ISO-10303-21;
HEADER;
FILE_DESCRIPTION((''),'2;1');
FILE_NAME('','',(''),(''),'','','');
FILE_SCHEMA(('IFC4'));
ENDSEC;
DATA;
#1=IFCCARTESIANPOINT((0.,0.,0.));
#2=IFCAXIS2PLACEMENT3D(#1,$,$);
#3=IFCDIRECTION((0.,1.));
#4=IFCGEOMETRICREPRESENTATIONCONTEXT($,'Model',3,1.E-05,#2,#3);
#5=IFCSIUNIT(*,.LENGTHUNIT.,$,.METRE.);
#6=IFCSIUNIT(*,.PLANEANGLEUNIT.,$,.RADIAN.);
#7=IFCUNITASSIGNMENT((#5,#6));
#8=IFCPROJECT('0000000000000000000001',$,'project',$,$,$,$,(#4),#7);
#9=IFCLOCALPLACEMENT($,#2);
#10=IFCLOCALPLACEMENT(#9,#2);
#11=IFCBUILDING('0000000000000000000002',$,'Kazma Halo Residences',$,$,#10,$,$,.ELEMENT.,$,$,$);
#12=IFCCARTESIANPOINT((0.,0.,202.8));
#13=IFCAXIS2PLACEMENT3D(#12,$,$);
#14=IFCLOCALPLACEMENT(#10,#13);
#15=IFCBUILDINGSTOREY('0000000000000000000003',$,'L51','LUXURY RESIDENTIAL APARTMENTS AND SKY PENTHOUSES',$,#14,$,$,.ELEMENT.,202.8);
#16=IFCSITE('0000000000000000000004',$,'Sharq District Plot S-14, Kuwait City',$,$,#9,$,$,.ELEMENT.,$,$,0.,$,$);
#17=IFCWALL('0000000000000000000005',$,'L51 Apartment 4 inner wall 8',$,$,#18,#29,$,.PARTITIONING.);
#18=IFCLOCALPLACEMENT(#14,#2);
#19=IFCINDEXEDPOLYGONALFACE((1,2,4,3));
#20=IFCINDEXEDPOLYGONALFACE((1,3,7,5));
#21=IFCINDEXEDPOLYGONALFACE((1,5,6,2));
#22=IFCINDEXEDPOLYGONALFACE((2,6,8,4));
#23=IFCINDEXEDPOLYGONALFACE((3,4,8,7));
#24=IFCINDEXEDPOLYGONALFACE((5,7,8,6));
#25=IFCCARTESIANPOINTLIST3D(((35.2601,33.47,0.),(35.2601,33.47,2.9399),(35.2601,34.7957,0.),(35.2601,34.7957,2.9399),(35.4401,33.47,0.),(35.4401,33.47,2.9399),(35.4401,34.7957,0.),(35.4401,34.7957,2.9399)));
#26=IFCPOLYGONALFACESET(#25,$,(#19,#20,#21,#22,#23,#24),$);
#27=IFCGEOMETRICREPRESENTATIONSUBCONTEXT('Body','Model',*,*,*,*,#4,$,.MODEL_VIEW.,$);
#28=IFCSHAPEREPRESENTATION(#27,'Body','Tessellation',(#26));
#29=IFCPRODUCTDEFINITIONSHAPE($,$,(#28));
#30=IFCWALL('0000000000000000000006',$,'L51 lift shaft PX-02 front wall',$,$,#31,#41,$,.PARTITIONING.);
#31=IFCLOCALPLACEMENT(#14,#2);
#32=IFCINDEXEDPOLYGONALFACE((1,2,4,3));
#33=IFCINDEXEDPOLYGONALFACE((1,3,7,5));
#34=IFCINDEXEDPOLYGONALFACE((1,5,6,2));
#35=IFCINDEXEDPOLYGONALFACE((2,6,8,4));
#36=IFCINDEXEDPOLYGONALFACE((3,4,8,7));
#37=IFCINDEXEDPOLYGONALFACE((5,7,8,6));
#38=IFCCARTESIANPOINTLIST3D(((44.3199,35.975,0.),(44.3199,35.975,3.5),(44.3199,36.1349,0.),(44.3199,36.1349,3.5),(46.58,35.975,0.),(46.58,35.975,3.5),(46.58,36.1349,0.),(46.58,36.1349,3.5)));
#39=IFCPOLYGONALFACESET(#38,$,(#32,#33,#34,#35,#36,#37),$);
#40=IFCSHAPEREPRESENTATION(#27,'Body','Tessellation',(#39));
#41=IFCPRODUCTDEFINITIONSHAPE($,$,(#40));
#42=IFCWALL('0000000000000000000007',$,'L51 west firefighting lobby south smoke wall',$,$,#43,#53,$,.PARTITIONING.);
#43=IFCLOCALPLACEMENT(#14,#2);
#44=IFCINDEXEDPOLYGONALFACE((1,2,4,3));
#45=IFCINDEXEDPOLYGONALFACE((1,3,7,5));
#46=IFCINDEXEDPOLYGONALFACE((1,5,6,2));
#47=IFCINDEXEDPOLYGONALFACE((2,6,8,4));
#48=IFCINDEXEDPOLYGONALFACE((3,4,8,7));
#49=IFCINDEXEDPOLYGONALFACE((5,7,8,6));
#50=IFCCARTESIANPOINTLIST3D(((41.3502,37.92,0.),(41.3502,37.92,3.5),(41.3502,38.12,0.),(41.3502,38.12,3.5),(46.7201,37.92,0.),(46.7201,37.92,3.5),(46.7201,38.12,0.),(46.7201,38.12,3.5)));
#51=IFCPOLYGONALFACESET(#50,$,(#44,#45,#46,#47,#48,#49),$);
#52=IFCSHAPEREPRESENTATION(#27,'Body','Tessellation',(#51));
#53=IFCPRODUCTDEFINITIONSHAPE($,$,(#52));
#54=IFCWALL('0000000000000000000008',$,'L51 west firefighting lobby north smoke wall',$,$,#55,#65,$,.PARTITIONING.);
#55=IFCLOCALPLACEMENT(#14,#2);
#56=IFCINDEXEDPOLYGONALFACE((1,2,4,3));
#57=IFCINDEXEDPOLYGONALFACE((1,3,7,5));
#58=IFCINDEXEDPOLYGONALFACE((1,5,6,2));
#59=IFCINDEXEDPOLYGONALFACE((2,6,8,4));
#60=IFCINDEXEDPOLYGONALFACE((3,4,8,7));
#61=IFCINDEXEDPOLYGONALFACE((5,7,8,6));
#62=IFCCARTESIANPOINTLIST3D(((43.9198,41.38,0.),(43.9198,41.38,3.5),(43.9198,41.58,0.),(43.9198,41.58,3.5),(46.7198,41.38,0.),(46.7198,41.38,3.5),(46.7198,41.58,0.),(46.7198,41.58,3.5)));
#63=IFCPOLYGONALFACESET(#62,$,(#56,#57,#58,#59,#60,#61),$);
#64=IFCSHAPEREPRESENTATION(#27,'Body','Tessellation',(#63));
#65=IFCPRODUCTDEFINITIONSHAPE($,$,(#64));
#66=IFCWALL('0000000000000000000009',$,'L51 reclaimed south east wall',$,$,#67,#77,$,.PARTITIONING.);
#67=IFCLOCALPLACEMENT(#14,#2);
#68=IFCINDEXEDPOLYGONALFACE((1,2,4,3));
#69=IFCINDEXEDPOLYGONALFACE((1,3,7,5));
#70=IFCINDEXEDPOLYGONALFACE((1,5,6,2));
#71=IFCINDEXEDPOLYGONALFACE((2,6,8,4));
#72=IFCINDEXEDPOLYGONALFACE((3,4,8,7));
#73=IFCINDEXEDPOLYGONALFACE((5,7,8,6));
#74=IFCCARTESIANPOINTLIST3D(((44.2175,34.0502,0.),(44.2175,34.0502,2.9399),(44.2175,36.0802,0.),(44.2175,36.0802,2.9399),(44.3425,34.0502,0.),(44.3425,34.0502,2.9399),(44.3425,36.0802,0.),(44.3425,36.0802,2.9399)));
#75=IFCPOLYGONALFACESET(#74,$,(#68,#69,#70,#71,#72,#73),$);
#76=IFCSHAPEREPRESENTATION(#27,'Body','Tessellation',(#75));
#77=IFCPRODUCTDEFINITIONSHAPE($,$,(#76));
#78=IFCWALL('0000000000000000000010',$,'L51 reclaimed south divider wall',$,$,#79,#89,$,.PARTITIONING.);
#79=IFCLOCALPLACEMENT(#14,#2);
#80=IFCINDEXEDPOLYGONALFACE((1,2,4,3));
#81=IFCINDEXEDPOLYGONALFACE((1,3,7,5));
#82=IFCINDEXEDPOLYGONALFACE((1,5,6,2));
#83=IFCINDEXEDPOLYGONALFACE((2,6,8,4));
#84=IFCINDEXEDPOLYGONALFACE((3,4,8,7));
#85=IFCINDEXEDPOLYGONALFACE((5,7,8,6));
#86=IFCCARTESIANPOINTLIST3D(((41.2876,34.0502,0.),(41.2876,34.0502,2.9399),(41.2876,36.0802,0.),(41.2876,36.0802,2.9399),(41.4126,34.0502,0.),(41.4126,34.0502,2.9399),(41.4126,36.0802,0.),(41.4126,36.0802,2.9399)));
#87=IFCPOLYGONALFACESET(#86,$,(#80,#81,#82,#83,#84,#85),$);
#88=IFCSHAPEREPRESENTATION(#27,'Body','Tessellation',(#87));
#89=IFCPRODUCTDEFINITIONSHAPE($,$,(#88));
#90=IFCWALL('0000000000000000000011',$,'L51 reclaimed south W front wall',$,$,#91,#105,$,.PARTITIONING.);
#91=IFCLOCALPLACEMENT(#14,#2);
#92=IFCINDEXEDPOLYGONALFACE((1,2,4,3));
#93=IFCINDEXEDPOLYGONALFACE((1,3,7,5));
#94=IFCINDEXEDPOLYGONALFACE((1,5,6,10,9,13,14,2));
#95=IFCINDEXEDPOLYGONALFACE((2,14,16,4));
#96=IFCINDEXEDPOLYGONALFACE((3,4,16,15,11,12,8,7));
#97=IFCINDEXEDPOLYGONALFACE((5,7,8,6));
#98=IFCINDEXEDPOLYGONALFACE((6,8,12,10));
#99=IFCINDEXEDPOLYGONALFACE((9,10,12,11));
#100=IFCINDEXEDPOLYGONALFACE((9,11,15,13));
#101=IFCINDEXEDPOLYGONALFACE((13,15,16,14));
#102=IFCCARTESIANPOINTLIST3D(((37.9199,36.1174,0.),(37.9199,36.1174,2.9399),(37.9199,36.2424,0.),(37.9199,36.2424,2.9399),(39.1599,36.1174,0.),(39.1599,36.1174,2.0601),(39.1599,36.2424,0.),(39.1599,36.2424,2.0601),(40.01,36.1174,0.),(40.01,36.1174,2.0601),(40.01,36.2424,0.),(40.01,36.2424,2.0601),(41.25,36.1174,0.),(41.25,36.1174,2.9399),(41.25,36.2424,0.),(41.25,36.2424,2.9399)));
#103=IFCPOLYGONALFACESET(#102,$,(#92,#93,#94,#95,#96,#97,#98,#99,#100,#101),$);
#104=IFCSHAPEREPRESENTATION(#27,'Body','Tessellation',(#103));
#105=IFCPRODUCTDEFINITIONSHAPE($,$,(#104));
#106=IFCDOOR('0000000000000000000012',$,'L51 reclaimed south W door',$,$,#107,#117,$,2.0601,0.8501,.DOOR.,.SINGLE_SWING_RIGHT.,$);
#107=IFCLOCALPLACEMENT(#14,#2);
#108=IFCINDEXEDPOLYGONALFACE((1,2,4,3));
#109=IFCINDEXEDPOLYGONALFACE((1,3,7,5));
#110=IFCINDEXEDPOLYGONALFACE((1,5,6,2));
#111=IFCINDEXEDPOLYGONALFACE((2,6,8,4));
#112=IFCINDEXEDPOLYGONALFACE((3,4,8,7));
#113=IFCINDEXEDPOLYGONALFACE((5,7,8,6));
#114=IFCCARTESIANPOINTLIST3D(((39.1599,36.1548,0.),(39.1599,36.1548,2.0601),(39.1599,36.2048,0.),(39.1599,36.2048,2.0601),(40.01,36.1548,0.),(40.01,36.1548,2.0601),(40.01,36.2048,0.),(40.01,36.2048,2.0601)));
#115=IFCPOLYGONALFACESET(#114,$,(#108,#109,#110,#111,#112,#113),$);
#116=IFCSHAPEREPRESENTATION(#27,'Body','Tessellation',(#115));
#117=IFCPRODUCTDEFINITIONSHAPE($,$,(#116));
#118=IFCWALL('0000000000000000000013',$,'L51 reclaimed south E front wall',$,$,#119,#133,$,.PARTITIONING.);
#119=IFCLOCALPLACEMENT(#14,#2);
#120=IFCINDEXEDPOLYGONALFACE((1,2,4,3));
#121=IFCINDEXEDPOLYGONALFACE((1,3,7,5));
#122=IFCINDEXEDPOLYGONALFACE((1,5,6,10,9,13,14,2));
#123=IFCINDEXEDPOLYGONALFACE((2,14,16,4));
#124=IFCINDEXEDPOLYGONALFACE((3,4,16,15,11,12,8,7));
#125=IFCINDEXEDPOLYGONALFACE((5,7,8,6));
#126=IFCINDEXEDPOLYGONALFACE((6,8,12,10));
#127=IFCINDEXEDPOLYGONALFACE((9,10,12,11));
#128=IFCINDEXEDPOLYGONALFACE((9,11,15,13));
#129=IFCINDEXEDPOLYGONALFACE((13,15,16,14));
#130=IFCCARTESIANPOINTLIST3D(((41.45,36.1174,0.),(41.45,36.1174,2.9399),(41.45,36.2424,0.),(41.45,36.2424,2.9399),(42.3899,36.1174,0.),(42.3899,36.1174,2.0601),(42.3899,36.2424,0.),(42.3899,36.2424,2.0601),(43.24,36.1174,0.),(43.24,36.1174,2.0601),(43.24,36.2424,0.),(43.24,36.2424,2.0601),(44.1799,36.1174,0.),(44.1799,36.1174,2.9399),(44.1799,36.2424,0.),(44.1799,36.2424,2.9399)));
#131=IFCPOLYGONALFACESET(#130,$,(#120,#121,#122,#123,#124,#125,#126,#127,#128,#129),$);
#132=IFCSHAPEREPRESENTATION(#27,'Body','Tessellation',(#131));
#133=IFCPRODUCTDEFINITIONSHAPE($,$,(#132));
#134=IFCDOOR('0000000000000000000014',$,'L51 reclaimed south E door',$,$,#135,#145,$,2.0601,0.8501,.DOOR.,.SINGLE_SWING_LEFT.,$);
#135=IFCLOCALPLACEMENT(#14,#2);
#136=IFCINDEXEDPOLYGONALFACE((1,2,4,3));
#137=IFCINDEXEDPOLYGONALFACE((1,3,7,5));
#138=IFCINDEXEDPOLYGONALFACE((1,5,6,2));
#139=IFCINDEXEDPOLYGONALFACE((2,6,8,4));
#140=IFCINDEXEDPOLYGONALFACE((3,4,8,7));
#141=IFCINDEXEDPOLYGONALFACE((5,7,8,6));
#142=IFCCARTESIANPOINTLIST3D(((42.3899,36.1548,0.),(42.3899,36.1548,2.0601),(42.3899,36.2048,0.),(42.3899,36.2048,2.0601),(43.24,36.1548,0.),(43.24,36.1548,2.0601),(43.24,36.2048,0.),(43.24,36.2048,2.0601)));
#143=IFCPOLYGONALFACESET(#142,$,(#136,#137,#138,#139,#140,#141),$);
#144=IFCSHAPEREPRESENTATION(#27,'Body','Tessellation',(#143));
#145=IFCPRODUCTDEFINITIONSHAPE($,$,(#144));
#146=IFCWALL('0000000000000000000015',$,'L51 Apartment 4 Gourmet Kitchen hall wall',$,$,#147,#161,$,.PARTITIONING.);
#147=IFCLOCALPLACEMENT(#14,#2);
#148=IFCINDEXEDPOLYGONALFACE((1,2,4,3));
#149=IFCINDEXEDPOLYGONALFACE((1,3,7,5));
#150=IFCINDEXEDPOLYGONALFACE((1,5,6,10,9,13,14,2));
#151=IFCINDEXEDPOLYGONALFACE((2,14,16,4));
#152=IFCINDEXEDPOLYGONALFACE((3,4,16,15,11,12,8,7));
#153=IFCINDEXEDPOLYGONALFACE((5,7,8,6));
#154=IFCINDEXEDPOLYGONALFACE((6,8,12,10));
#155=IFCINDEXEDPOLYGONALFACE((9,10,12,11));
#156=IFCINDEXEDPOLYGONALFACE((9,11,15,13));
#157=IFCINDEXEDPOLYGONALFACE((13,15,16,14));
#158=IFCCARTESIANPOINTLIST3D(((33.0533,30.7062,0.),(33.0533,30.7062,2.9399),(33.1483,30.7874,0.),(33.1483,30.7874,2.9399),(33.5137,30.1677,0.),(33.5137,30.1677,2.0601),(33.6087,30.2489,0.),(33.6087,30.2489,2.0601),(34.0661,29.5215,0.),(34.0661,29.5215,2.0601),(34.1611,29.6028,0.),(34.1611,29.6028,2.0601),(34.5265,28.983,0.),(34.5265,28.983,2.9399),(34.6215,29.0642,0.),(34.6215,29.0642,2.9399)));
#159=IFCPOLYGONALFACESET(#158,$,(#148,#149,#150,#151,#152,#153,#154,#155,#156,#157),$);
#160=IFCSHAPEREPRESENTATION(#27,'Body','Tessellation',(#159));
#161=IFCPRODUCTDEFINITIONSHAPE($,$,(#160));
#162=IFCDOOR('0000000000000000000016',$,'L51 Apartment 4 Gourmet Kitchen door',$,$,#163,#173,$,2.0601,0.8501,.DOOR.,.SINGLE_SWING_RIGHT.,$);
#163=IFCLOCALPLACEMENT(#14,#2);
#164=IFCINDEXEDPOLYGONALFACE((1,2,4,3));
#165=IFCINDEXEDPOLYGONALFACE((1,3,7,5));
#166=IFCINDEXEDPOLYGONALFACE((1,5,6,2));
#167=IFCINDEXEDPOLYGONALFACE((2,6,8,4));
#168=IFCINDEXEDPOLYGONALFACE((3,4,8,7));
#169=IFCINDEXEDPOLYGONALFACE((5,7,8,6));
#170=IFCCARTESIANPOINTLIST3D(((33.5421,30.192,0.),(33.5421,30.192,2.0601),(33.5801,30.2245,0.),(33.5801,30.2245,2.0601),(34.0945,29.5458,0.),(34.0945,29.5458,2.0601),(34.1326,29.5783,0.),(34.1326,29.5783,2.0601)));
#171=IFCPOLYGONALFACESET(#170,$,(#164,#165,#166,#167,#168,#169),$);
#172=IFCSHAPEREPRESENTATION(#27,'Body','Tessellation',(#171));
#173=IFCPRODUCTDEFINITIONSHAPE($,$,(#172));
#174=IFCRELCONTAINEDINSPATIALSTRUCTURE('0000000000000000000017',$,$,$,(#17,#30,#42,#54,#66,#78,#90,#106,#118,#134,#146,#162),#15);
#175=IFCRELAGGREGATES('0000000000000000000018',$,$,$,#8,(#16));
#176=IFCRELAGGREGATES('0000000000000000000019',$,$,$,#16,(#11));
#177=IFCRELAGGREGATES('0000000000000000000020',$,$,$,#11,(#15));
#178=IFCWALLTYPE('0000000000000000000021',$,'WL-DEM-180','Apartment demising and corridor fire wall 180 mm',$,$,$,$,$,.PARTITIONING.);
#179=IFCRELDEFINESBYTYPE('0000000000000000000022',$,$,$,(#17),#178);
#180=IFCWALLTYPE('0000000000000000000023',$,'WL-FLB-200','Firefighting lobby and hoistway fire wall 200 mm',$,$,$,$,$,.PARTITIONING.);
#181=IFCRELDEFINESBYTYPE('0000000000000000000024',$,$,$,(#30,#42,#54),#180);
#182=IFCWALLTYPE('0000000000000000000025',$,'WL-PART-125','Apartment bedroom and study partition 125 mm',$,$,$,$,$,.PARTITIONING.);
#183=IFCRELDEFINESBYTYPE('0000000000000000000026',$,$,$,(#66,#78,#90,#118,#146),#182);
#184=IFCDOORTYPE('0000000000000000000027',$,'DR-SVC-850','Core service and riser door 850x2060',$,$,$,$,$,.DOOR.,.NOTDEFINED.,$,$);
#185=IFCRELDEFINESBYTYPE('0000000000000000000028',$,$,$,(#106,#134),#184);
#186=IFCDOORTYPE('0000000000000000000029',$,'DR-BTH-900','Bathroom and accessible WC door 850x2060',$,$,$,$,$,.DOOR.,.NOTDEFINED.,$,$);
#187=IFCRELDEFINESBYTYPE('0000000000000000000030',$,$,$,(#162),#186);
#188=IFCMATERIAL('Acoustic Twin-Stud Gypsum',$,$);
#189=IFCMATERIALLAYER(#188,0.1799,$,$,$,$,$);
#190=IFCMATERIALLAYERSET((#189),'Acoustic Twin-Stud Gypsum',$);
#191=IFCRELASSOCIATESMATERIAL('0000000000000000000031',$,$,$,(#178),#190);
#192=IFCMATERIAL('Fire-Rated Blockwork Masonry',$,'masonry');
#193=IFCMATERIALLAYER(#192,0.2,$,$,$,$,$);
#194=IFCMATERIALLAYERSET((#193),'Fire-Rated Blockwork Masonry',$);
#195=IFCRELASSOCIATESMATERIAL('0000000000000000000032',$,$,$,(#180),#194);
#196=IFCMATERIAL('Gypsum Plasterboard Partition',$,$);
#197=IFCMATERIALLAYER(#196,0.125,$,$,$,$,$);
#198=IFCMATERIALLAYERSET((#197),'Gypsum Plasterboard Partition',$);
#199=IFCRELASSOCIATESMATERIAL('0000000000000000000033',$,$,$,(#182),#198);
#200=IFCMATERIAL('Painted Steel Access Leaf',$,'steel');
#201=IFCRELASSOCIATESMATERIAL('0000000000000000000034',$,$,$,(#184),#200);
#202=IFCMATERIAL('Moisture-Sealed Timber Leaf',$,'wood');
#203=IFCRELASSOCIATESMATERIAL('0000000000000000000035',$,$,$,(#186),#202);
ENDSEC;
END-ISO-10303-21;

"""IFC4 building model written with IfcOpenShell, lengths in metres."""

from ifc_helpers import new_model, si_unit, direction, frame, frame_2d, origin, place, context, subcontext, project, spatial, rectangle, extrude, material, layer, layer_set, type_object, element, fill, save


model = new_model("IFC4")

# Units and contexts
model_context = context("Model", 3, precision=1e-05, world=origin(), true_north=direction((0.0, 1.0)))
body_context = subcontext(model_context, "Body", "Model", "MODEL_VIEW")
ifc_project = project(units=[si_unit("LENGTHUNIT", "METRE"), si_unit("PLANEANGLEUNIT", "RADIAN")], contexts=[model_context])

# Site, building, storey
site_placement = place(None, origin())
site = spatial("IfcSite", under=ifc_project, at=site_placement, Name="Sharq District Plot S-14, Kuwait City", CompositionType="ELEMENT", RefElevation=0.0)
building_placement = place(site_placement, origin())
building = spatial("IfcBuilding", under=site, at=building_placement, Name="Kazma Halo Residences", CompositionType="ELEMENT")
storey_placement = place(building_placement, frame((0.0, 0.0, 202.8)))
storey = spatial("IfcBuildingStorey", under=building, at=storey_placement, Name="L51", Description="LUXURY RESIDENTIAL APARTMENTS AND SKY PENTHOUSES", CompositionType="ELEMENT", Elevation=202.8)

# Shared definitions
ifc_material_1 = material(Name="Acoustic Twin-Stud Gypsum")
ifc_layer_1 = layer(ifc_material_1, 0.1799)
ifc_layer_set_1 = layer_set([ifc_layer_1], Name="Acoustic Twin-Stud Gypsum")
wall_type_1 = type_object("IfcWallType", Name="WL-DEM-180", Description="Apartment demising and corridor fire wall 180 mm", PredefinedType="PARTITIONING", material=ifc_layer_set_1)

# Walls
wall_1_placement = place(storey_placement, frame((35.3501, 34.7957, 0.0), z_axis=(0.0, 0.0, 1.0), x_axis=(0.0, -1.0, 0.0)))
element("IfcWall", 1, at=wall_1_placement, inside=storey, type_object=wall_type_1, Name="L51 Apartment 4 inner wall 8", PredefinedType="PARTITIONING", context=body_context, shape_type="SweptSolid", body=[
    extrude(rectangle(XDim=1.3257, YDim=0.1799, at=frame_2d((0.6628, 0.0))), origin(), (0.0, 0.0, 1.0), 2.9399),
])
ifc_material_2 = material(Name="Fire-Rated Blockwork Masonry", Category="masonry")
ifc_layer_2 = layer(ifc_material_2, 0.2)
ifc_layer_set_2 = layer_set([ifc_layer_2], Name="Fire-Rated Blockwork Masonry")
wall_type_2 = type_object("IfcWallType", Name="WL-FLB-200", Description="Firefighting lobby and hoistway fire wall 200 mm", PredefinedType="PARTITIONING", material=ifc_layer_set_2)
wall_2_placement = place(storey_placement, frame((44.3201, 36.0549, 0.0), z_axis=(0.0, 0.0, 1.0), x_axis=(1.0, 0.0, 0.0)))
element("IfcWall", 2, at=wall_2_placement, inside=storey, type_object=wall_type_2, Name="L51 lift shaft PX-02 front wall", PredefinedType="PARTITIONING", context=body_context, shape_type="SweptSolid", body=[
    extrude(rectangle(XDim=2.26, YDim=0.1599, at=frame_2d((1.1299, 0.0))), origin(), (0.0, 0.0, 1.0), 3.5),
])
wall_3_placement = place(storey_placement, frame((41.3501, 38.02, 0.0), z_axis=(0.0, 0.0, 1.0), x_axis=(1.0, 0.0, 0.0)))
element("IfcWall", 3, at=wall_3_placement, inside=storey, type_object=wall_type_2, Name="L51 west firefighting lobby south smoke wall", PredefinedType="PARTITIONING", context=body_context, shape_type="SweptSolid", body=[
    extrude(rectangle(XDim=5.3699, YDim=0.2, at=frame_2d((2.6851, 0.0))), origin(), (0.0, 0.0, 1.0), 3.5),
])
wall_4_placement = place(storey_placement, frame((43.9199, 41.48, 0.0), z_axis=(0.0, 0.0, 1.0), x_axis=(1.0, 0.0, 0.0)))
element("IfcWall", 4, at=wall_4_placement, inside=storey, type_object=wall_type_2, Name="L51 west firefighting lobby north smoke wall", PredefinedType="PARTITIONING", context=body_context, shape_type="SweptSolid", body=[
    extrude(rectangle(XDim=2.8, YDim=0.2, at=frame_2d((1.3999, 0.0))), origin(), (0.0, 0.0, 1.0), 3.5),
])
ifc_material_3 = material(Name="Gypsum Plasterboard Partition")
ifc_layer_3 = layer(ifc_material_3, 0.125)
ifc_layer_set_3 = layer_set([ifc_layer_3], Name="Gypsum Plasterboard Partition")
wall_type_3 = type_object("IfcWallType", Name="WL-PART-125", Description="Apartment bedroom and study partition 125 mm", PredefinedType="PARTITIONING", material=ifc_layer_set_3)
for number, where, z_axis, x_axis, name in (
    (5, (44.28, 34.05, 0.0), (0.0, 0.0, 1.0), (0.0, 1.0, 0.0), "L51 reclaimed south east wall"),
    (6, (41.3501, 34.05, 0.0), (0.0, 0.0, 1.0), (0.0, 1.0, 0.0), "L51 reclaimed south divider wall"),
):
    element("IfcWall", number, at=place(storey_placement, frame(where, z_axis=z_axis, x_axis=x_axis)), inside=storey, type_object=wall_type_3, Name=name, PredefinedType="PARTITIONING", context=body_context, shape_type="SweptSolid", body=[
        extrude(rectangle(XDim=2.03, YDim=0.125, at=frame_2d((1.0151, 0.0))), origin(), (0.0, 0.0, 1.0), 2.9399),
    ])

# Walls, openings, doors
wall_5_placement = place(storey_placement, frame((37.9199, 36.1799, 0.0), z_axis=(0.0, 0.0, 1.0), x_axis=(1.0, 0.0, 0.0)))
wall_5 = element("IfcWall", 7, at=wall_5_placement, inside=storey, type_object=wall_type_3, Name="L51 reclaimed south W front wall", PredefinedType="PARTITIONING", context=body_context, shape_type="SweptSolid", body=[
    extrude(rectangle(XDim=3.3301, YDim=0.125, at=frame_2d((1.665, 0.0))), origin(), (0.0, 0.0, 1.0), 2.9399),
])
opening_1_placement = place(wall_5_placement, frame((1.24, 0.0, 0.0)))
opening_1 = element("IfcOpeningElement", 8, at=opening_1_placement, cuts=wall_5, PredefinedType="OPENING", context=body_context, shape_type="SweptSolid", body=[
    extrude(rectangle(XDim=0.8501, YDim=2.0601, at=frame_2d((0.425, 1.03))), frame((0.0, 0.0725, 0.0), z_axis=(0.0, -1.0, 0.0), x_axis=(1.0, 0.0, 0.0)), (0.0, 0.0, 1.0), 0.145),
])
ifc_material_4 = material(Name="Painted Steel Access Leaf", Category="steel")
door_type_1 = type_object("IfcDoorType", Name="DR-SVC-850", Description="Core service and riser door 850x2060", OperationType="NOTDEFINED", PredefinedType="DOOR", material=ifc_material_4)
door_1_placement = place(opening_1_placement, origin())
door_1 = element("IfcDoor", 9, at=door_1_placement, inside=storey, type_object=door_type_1, Name="L51 reclaimed south W door", OperationType="SINGLE_SWING_RIGHT", OverallHeight=2.0601, OverallWidth=0.8501, PredefinedType="DOOR", context=body_context, shape_type="SweptSolid", body=[
    extrude(rectangle(XDim=0.8501, YDim=2.0601, at=frame_2d((0.425, 1.03))), frame((0.0, 0.0249, 0.0), z_axis=(0.0, -1.0, 0.0), x_axis=(1.0, 0.0, 0.0)), (0.0, 0.0, 1.0), 0.05),
])
fill(opening_1, door_1)
wall_6_placement = place(storey_placement, frame((41.45, 36.1799, 0.0), z_axis=(0.0, 0.0, 1.0), x_axis=(1.0, 0.0, 0.0)))
wall_6 = element("IfcWall", 10, at=wall_6_placement, inside=storey, type_object=wall_type_3, Name="L51 reclaimed south E front wall", PredefinedType="PARTITIONING", context=body_context, shape_type="SweptSolid", body=[
    extrude(rectangle(XDim=2.73, YDim=0.125, at=frame_2d((1.365, 0.0))), origin(), (0.0, 0.0, 1.0), 2.9399),
])
opening_2_placement = place(wall_6_placement, frame((0.9399, 0.0, 0.0)))
opening_2 = element("IfcOpeningElement", 11, at=opening_2_placement, cuts=wall_6, PredefinedType="OPENING", context=body_context, shape_type="SweptSolid", body=[
    extrude(rectangle(XDim=0.8501, YDim=2.0601, at=frame_2d((0.425, 1.03))), frame((0.0, 0.0725, 0.0), z_axis=(0.0, -1.0, 0.0), x_axis=(1.0, 0.0, 0.0)), (0.0, 0.0, 1.0), 0.145),
])
door_2_placement = place(opening_2_placement, origin())
door_2 = element("IfcDoor", 12, at=door_2_placement, inside=storey, type_object=door_type_1, Name="L51 reclaimed south E door", OperationType="SINGLE_SWING_LEFT", OverallHeight=2.0601, OverallWidth=0.8501, PredefinedType="DOOR", context=body_context, shape_type="SweptSolid", body=[
    extrude(rectangle(XDim=0.8501, YDim=2.0601, at=frame_2d((0.425, 1.03))), frame((0.0, 0.0249, 0.0), z_axis=(0.0, -1.0, 0.0), x_axis=(1.0, 0.0, 0.0)), (0.0, 0.0, 1.0), 0.05),
])
fill(opening_2, door_2)
wall_7_placement = place(storey_placement, frame((33.1008, 30.7468, 0.0), z_axis=(0.0, 0.0, 1.0), x_axis=(0.649815, -0.760092, 0.0)))
wall_7 = element("IfcWall", 13, at=wall_7_placement, inside=storey, type_object=wall_type_3, Name="L51 Apartment 4 Gourmet Kitchen hall wall", PredefinedType="PARTITIONING", context=body_context, shape_type="SweptSolid", body=[
    extrude(rectangle(XDim=2.2671, YDim=0.125, at=frame_2d((1.1335, 0.0))), origin(), (0.0, 0.0, 1.0), 2.9399),
])
opening_3_placement = place(wall_7_placement, frame((0.7085, 0.0, 0.0)))
opening_3 = element("IfcOpeningElement", 14, at=opening_3_placement, cuts=wall_7, PredefinedType="OPENING", context=body_context, shape_type="SweptSolid", body=[
    extrude(rectangle(XDim=0.8501, YDim=2.0601, at=frame_2d((0.425, 1.03))), frame((0.0, 0.0725, 0.0), z_axis=(0.0, -1.0, 0.0), x_axis=(1.0, 0.0, 0.0)), (0.0, 0.0, 1.0), 0.145),
])
ifc_material_5 = material(Name="Moisture-Sealed Timber Leaf", Category="wood")
door_type_2 = type_object("IfcDoorType", Name="DR-BTH-900", Description="Bathroom and accessible WC door 850x2060", OperationType="NOTDEFINED", PredefinedType="DOOR", material=ifc_material_5)
door_3_placement = place(opening_3_placement, origin())
door_3 = element("IfcDoor", 15, at=door_3_placement, inside=storey, type_object=door_type_2, Name="L51 Apartment 4 Gourmet Kitchen door", OperationType="SINGLE_SWING_RIGHT", OverallHeight=2.0601, OverallWidth=0.8501, PredefinedType="DOOR", context=body_context, shape_type="SweptSolid", body=[
    extrude(rectangle(XDim=0.8501, YDim=2.0601, at=frame_2d((0.425, 1.03))), frame((0.0, 0.0249, 0.0), z_axis=(0.0, -1.0, 0.0), x_axis=(1.0, 0.0, 0.0)), (0.0, 0.0, 1.0), 0.05),
])
fill(opening_3, door_3)

save(model, "model.ifc")
